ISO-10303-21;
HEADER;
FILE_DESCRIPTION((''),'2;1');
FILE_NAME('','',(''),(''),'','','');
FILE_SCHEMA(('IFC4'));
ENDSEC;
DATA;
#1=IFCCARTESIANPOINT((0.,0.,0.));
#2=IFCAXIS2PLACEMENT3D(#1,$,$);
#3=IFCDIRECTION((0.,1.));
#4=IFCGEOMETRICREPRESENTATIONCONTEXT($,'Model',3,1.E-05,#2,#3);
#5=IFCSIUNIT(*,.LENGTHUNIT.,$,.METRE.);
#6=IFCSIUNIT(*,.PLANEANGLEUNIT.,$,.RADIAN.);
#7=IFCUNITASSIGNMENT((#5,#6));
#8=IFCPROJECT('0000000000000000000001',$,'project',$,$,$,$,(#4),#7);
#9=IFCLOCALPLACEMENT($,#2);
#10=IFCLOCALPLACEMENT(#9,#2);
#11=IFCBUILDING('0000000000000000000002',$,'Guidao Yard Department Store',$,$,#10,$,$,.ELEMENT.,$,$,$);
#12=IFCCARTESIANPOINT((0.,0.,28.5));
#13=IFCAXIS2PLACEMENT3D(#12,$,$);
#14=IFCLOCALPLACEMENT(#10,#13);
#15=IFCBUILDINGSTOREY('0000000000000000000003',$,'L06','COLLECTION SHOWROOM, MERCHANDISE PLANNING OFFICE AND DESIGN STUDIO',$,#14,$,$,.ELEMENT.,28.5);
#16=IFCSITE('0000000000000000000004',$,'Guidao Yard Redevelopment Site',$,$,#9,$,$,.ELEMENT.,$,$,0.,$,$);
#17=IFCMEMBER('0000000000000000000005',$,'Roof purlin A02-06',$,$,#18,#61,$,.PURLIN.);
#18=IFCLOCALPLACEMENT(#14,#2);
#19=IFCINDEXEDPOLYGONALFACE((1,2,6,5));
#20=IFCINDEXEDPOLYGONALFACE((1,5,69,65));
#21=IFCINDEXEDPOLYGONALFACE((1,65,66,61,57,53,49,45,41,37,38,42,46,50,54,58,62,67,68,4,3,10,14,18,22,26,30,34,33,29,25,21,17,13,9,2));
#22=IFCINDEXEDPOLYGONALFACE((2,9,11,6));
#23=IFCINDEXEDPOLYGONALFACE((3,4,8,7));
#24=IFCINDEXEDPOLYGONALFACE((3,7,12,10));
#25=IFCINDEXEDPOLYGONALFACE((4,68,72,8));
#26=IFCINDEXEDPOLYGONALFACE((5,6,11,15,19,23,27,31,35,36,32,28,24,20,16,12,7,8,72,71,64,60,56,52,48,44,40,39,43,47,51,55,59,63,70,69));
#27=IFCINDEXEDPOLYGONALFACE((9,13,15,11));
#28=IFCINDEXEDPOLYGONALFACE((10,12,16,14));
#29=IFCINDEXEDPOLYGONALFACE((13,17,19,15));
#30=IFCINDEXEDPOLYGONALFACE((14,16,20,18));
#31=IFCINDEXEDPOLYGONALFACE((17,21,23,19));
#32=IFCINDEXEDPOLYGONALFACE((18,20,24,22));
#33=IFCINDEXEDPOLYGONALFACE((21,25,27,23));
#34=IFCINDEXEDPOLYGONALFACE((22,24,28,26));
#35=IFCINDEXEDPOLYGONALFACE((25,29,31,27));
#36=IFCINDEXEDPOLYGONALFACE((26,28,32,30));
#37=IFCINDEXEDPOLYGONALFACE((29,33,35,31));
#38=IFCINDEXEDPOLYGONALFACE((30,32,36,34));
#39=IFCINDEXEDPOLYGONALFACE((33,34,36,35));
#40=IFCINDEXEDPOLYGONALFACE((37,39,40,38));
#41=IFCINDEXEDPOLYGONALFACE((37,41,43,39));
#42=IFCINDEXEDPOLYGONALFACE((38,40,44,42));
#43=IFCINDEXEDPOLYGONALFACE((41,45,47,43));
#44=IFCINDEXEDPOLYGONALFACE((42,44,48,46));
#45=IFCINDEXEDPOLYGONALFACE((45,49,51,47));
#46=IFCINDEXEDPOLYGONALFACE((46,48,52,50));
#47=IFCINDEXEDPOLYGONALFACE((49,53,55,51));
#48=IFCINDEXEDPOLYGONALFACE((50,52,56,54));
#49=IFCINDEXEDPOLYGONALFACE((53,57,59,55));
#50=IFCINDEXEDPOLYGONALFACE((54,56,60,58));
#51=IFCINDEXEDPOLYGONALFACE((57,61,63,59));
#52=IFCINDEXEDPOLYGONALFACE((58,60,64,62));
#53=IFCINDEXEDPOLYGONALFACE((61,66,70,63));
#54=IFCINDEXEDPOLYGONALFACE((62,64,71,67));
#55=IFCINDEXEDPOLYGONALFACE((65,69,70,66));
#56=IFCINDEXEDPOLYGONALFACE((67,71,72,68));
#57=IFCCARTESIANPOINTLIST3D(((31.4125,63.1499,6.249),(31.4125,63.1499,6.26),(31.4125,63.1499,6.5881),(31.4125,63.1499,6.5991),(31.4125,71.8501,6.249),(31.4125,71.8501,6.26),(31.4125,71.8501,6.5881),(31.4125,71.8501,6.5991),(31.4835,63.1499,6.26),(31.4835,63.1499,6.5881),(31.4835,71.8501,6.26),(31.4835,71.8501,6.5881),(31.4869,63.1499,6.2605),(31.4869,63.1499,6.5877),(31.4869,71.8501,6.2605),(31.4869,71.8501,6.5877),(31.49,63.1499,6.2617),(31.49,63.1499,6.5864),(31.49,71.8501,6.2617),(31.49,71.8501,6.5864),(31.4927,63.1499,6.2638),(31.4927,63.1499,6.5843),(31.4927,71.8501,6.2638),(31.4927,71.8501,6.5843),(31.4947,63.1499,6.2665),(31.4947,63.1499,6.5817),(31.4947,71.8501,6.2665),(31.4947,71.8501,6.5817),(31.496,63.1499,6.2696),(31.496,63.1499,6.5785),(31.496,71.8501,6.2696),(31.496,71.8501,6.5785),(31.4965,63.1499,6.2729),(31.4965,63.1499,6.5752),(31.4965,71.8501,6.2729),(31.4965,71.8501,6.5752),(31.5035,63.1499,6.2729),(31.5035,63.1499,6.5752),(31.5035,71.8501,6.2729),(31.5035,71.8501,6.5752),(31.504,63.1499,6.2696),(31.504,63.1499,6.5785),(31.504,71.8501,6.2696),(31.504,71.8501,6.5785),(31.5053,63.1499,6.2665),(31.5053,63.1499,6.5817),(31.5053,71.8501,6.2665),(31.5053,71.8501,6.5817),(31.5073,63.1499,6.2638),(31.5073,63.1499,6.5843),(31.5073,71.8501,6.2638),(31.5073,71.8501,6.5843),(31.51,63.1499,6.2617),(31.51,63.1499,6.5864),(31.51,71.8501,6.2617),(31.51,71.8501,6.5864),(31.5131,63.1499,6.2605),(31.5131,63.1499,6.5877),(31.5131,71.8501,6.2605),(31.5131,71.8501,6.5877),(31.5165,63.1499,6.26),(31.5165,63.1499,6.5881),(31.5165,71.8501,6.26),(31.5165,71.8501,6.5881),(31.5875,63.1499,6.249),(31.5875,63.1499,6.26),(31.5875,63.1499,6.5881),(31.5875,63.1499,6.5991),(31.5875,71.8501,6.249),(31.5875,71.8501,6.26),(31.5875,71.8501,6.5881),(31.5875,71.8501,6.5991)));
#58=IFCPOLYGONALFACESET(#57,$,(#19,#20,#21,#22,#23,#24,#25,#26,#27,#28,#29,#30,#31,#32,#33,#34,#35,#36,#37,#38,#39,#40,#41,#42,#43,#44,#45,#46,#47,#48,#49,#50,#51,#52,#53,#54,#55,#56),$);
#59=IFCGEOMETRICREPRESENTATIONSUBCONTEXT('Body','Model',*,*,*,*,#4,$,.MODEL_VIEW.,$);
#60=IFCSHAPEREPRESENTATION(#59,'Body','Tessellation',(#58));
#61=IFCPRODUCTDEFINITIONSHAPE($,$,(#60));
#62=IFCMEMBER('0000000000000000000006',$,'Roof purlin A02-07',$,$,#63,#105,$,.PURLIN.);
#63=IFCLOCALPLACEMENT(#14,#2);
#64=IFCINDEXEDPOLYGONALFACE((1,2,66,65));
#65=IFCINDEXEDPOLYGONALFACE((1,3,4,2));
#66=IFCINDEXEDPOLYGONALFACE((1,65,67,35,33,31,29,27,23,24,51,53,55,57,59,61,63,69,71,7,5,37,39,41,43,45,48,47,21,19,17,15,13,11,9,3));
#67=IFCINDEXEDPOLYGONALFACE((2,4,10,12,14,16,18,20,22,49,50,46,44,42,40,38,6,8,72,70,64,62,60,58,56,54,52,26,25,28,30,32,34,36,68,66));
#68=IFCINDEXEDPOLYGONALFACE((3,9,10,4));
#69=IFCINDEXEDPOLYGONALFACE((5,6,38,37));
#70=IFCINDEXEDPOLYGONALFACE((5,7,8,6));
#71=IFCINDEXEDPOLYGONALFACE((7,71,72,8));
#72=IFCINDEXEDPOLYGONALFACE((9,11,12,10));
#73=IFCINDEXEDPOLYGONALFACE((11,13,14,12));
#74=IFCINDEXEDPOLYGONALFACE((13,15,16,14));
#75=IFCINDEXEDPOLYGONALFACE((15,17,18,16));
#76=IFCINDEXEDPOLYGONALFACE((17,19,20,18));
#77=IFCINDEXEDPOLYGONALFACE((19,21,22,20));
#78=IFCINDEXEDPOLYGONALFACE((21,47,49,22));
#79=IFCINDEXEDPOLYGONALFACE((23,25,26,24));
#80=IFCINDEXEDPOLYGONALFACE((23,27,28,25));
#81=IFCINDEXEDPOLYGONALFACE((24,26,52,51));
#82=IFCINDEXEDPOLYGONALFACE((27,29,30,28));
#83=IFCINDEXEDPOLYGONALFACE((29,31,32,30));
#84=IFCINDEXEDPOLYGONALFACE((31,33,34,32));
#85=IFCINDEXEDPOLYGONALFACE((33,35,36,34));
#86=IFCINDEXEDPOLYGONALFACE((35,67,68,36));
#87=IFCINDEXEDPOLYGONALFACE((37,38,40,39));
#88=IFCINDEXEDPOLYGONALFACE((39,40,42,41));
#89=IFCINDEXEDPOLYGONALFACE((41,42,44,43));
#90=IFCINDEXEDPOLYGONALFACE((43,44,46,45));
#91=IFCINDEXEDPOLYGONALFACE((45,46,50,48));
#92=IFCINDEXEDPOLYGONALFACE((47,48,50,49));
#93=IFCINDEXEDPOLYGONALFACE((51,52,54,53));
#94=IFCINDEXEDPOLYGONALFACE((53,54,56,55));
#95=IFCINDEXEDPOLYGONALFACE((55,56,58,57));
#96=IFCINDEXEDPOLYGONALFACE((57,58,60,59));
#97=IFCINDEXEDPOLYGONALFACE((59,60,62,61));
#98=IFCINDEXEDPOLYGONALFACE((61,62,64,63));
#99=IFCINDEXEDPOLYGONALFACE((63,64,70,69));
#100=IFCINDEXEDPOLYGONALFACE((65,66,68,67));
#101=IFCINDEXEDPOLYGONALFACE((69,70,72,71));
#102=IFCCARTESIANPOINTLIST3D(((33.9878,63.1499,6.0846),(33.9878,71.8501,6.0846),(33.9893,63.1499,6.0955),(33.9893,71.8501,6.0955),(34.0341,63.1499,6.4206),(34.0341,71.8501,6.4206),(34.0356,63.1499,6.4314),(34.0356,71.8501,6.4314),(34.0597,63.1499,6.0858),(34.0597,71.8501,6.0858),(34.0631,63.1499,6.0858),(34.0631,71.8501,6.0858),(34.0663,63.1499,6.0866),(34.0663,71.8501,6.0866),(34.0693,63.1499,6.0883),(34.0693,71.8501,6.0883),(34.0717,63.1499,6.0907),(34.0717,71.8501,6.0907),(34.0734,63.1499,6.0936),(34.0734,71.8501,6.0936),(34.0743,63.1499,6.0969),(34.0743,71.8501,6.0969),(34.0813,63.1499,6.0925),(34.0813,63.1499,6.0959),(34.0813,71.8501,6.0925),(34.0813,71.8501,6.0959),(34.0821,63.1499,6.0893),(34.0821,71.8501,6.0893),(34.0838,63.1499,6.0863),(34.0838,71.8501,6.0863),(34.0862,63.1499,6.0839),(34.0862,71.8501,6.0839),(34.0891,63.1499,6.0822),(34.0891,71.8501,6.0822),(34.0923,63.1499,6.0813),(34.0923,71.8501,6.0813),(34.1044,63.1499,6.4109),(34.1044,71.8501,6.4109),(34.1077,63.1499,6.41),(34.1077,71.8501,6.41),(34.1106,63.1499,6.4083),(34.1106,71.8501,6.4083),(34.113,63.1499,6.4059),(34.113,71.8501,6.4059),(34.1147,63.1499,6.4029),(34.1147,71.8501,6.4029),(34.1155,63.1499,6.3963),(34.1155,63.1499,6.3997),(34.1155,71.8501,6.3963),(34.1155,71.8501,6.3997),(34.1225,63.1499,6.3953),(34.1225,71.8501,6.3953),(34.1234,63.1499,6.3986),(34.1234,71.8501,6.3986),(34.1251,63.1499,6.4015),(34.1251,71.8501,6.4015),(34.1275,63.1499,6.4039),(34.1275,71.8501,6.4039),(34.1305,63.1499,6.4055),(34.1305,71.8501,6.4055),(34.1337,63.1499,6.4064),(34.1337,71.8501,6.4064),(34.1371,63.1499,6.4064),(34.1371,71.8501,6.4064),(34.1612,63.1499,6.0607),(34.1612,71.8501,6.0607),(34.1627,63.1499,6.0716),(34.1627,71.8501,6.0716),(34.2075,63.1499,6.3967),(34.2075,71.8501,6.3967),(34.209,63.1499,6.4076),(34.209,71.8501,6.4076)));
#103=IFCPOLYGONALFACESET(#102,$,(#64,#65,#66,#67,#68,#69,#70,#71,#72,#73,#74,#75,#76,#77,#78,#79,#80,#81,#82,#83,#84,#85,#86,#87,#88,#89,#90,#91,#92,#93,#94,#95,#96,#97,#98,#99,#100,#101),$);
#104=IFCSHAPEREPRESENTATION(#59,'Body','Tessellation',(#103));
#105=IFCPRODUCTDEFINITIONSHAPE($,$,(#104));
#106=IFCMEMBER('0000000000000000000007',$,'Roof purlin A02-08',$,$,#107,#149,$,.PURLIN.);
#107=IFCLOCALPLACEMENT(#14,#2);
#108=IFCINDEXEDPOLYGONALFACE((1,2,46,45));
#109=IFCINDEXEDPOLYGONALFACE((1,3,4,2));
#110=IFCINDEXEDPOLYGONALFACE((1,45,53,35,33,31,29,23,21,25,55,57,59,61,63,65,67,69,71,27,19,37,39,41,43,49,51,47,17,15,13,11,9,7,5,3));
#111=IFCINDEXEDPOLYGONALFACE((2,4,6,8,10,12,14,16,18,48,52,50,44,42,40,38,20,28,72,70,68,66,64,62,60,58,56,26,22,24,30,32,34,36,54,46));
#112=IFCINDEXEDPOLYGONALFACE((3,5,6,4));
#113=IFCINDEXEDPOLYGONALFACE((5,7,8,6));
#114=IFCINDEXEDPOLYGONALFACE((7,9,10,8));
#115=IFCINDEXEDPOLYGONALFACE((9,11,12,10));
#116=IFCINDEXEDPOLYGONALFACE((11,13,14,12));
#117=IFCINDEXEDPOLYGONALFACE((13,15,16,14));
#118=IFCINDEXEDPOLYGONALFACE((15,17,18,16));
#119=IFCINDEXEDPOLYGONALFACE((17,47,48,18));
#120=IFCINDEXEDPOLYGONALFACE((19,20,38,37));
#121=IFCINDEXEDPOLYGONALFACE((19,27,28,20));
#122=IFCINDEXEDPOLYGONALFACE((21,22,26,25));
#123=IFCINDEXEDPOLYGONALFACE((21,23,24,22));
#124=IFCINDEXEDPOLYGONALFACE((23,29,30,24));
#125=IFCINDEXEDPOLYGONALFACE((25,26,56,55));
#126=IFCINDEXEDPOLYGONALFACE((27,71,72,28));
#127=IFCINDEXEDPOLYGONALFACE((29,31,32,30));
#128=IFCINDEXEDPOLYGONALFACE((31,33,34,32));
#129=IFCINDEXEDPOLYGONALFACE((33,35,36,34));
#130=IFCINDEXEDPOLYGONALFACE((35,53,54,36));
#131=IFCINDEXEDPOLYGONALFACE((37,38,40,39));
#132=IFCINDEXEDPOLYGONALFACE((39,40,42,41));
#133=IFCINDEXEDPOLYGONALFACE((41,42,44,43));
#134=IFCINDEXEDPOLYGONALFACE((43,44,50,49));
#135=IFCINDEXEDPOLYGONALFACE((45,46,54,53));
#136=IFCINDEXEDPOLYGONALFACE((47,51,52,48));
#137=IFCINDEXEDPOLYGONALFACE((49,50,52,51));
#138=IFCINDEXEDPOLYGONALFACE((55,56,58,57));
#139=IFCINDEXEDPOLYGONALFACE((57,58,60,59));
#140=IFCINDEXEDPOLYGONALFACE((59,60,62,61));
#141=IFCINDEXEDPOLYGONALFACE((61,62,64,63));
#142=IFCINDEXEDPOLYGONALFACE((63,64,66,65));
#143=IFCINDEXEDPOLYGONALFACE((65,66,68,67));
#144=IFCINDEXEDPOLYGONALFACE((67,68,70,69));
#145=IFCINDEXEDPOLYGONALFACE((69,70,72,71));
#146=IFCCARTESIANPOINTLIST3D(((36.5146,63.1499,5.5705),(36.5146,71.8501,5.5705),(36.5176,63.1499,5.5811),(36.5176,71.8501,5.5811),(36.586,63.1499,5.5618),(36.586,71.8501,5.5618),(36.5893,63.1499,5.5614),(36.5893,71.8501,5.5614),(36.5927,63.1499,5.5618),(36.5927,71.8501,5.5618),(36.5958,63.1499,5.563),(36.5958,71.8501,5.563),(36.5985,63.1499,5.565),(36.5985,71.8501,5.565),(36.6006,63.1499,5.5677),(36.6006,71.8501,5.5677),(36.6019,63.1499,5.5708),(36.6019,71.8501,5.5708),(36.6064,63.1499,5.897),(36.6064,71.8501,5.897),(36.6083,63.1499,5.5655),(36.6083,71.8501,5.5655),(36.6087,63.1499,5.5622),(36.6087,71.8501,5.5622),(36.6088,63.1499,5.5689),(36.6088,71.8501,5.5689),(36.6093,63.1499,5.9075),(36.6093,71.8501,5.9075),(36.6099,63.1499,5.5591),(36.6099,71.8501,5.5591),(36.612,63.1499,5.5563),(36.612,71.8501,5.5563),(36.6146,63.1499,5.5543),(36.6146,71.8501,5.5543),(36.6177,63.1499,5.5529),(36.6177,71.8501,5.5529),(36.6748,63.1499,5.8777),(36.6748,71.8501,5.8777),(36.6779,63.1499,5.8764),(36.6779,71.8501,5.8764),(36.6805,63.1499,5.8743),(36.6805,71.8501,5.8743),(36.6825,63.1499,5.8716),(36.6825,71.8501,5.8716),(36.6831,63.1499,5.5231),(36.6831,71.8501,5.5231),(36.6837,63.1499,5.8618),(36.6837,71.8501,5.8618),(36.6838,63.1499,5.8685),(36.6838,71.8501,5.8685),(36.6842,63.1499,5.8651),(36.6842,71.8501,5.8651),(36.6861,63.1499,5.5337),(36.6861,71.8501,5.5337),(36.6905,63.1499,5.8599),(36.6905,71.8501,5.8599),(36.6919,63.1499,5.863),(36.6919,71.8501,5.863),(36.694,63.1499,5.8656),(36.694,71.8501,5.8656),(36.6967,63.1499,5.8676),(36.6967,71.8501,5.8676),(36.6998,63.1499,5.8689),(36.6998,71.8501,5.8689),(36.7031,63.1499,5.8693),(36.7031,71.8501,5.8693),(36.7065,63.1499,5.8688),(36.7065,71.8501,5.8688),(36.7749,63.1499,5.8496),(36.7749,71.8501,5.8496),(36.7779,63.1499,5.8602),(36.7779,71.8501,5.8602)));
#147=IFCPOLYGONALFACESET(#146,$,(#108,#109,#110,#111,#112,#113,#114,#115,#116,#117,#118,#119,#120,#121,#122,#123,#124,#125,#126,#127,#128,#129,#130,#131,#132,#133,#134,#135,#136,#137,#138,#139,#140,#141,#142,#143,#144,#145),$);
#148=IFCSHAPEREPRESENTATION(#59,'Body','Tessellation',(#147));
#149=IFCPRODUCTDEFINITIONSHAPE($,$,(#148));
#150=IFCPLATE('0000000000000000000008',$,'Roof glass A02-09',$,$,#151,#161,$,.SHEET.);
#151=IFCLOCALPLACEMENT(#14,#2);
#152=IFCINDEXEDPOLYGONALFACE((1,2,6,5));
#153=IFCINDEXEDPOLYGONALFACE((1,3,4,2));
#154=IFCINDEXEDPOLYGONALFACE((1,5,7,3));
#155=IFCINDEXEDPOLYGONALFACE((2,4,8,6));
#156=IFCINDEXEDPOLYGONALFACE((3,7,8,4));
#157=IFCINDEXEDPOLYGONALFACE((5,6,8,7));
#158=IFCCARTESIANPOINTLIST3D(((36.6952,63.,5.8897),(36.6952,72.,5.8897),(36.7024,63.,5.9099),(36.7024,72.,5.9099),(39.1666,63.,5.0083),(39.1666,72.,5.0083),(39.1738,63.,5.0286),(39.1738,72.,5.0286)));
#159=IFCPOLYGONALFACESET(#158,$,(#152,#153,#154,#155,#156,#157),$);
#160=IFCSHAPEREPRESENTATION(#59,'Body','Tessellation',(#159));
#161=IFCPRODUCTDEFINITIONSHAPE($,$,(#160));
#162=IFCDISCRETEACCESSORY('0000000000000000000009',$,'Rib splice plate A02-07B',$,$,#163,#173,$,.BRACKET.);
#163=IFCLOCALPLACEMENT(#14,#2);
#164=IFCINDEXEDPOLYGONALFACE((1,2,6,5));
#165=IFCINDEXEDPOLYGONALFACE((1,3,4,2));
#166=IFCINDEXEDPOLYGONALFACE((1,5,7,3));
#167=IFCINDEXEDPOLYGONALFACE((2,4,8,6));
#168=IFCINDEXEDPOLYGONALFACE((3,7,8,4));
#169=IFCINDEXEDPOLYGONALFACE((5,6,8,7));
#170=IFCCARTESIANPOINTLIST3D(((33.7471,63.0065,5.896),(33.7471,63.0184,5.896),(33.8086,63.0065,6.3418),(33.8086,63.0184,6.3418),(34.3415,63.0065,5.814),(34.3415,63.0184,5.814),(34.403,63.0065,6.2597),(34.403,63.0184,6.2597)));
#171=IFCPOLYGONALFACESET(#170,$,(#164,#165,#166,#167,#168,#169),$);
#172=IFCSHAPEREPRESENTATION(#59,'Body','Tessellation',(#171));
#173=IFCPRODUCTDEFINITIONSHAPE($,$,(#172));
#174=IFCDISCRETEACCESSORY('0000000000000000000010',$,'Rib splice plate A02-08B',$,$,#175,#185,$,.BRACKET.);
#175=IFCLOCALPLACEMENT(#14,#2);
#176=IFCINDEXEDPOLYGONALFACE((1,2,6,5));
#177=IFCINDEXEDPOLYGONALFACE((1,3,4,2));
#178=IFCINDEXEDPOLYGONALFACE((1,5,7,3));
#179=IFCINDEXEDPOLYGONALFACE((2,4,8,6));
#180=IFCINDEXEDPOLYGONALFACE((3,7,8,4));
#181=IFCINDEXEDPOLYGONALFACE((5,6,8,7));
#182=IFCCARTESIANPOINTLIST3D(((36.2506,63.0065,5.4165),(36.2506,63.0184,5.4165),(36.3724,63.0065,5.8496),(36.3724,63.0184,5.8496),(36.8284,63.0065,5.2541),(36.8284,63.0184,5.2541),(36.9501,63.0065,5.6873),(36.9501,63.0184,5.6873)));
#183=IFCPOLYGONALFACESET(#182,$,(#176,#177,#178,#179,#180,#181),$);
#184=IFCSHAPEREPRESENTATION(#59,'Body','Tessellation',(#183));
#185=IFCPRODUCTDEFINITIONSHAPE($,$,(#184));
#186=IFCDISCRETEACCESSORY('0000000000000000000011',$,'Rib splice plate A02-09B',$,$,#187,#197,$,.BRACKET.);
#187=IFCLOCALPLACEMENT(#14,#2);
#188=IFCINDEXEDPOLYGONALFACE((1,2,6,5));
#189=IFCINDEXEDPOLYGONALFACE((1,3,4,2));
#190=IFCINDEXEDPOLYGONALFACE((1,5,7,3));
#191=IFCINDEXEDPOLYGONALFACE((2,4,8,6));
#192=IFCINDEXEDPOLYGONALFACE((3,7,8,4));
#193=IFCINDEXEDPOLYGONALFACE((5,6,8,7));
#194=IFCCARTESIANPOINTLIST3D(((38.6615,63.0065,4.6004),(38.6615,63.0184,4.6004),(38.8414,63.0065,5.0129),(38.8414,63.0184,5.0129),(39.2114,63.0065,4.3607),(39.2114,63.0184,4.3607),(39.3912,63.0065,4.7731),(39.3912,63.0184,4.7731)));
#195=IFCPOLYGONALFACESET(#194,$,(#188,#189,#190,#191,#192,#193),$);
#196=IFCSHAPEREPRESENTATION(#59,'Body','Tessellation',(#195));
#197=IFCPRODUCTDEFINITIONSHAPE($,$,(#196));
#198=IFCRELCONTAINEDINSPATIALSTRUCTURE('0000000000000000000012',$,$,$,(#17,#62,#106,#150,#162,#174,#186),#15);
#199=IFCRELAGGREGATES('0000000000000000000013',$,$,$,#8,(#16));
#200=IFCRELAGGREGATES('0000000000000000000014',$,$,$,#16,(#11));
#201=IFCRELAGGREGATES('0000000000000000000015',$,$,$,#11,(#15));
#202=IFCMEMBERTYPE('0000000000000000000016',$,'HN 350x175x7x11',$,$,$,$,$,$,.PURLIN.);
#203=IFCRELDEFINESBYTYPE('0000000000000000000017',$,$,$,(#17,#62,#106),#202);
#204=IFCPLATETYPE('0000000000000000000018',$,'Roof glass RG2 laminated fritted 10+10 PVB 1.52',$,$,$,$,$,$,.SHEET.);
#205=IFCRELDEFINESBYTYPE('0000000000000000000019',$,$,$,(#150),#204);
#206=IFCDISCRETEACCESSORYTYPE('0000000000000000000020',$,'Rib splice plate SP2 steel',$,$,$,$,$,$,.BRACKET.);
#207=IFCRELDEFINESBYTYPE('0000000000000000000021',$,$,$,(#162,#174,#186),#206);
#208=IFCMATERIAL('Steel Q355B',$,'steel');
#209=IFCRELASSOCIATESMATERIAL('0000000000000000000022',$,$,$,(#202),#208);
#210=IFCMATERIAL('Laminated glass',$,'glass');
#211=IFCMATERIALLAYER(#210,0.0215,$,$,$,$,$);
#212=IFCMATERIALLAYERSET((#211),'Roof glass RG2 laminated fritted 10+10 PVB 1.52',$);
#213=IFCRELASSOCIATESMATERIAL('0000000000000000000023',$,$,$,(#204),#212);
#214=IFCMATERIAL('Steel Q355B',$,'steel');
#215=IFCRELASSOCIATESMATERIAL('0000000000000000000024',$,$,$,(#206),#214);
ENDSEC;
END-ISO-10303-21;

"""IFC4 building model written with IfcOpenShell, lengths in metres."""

from ifc_helpers import new_model, si_unit, direction, frame, origin, origin_2d, place, context, subcontext, project, spatial, polyline, rectangle, i_section, outline, extrude, material, layer, layer_set, material_profile, profile_set, type_object, element, save


model = new_model("IFC4")

# Units and contexts
model_context = context("Model", 3, precision=1e-05, world=origin(), true_north=direction((0.0, 1.0)))
body_context = subcontext(model_context, "Body", "Model", "MODEL_VIEW")
ifc_project = project(units=[si_unit("LENGTHUNIT", "METRE"), si_unit("PLANEANGLEUNIT", "RADIAN")], contexts=[model_context])

# Site, building, storey
site_placement = place(None, origin())
site = spatial("IfcSite", under=ifc_project, at=site_placement, Name="Guidao Yard Redevelopment Site", CompositionType="ELEMENT", RefElevation=0.0)
building_placement = place(site_placement, origin())
building = spatial("IfcBuilding", under=site, at=building_placement, Name="Guidao Yard Department Store", CompositionType="ELEMENT")
storey_placement = place(building_placement, frame((0.0, 0.0, 28.5)))
storey = spatial("IfcBuildingStorey", under=building, at=storey_placement, Name="L06", Description="COLLECTION SHOWROOM, MERCHANDISE PLANNING OFFICE AND DESIGN STUDIO", CompositionType="ELEMENT", Elevation=28.5)

# Members
ifc_material_1 = material(Name="Steel Q355B", Category="steel")
ifc_material_profile_1 = material_profile(ifc_material_1, i_section(OverallWidth=0.175, OverallDepth=0.3501, WebThickness=0.0071, FlangeThickness=0.011, FilletRadius=0.0129, at=origin_2d()), Name="HN 350x175x7x11")
ifc_profile_set_1 = profile_set([ifc_material_profile_1], Name="Steel Q355B")
member_type_1 = type_object("IfcMemberType", Name="HN 350x175x7x11", PredefinedType="PURLIN", material=ifc_profile_set_1)
for number, where, z_axis, x_axis, name in (
    (1, (31.5, 63.1499, 6.4241), (0.0, 1.0, 0.0), (-1.0, 0.0, 0.0), "Roof purlin A02-06"),
    (2, (34.0984, 63.1499, 6.2461), (0.0, 1.0, 0.0), (-0.990647, 0.0, 0.136449), "Roof purlin A02-07"),
    (3, (36.6462, 63.1499, 5.7153), (0.0, 1.0, 0.0), (-0.962712, 0.0, 0.270529), "Roof purlin A02-08"),
):
    element("IfcMember", number, at=place(storey_placement, frame(where, z_axis=z_axis, x_axis=x_axis)), inside=storey, type_object=member_type_1, Name=name, PredefinedType="PURLIN", context=body_context, shape_type="SweptSolid", body=[
        extrude(i_section(OverallWidth=0.175, OverallDepth=0.3501, WebThickness=0.0071, FlangeThickness=0.011, FilletRadius=0.0129, at=origin_2d()), origin(), (0.0, 0.0, 1.0), 8.7002),
    ])

# Plate
ifc_material_2 = material(Name="Laminated glass", Category="glass")
ifc_layer = layer(ifc_material_2, 0.0215)
ifc_layer_set = layer_set([ifc_layer], Name="Roof glass RG2 laminated fritted 10+10 PVB 1.52")
plate_type = type_object("IfcPlateType", Name="Roof glass RG2 laminated fritted 10+10 PVB 1.52", PredefinedType="SHEET", material=ifc_layer_set)
plate_placement = place(storey_placement, frame((36.7024, 63.0, 5.9099), z_axis=(0.335894, 0.0, 0.9419), x_axis=(0.9419, 0.0, -0.335894)))
element("IfcPlate", 4, at=plate_placement, inside=storey, type_object=plate_type, Name="Roof glass A02-09", PredefinedType="SHEET", context=body_context, shape_type="SweptSolid", body=[
    extrude(outline(polyline([(0.0, 0.0), (2.6239, 0.0), (2.6239, 9.0), (0.0, 9.0), (0.0, 0.0)])), origin(), (0.0, 0.0, -1.0), 0.0215),
])

# Discrete accessories
ifc_material_3 = material(Name="Steel Q355B", Category="steel")
ifc_material_profile_2 = material_profile(ifc_material_3, rectangle(XDim=0.012, YDim=0.45, at=origin_2d()), Name="Splice plate 450x12")
ifc_profile_set_2 = profile_set([ifc_material_profile_2], Name="Steel Q355B")
discrete_accessory_type_1 = type_object("IfcDiscreteAccessoryType", Name="Rib splice plate SP2 steel", PredefinedType="BRACKET", material=ifc_profile_set_2)
for number, where, z_axis, x_axis, name in (
    (5, (33.7778, 63.0125, 6.1189), (0.990614, 0.0, -0.136692), (0.0, 1.0, 0.0), "Rib splice plate A02-07B"),
    (6, (36.3115, 63.0125, 5.6331), (0.962697, 0.0, -0.270581), (0.0, 1.0, 0.0), "Rib splice plate A02-08B"),
):
    element("IfcDiscreteAccessory", number, at=place(storey_placement, frame(where, z_axis=z_axis, x_axis=x_axis)), inside=storey, type_object=discrete_accessory_type_1, Name=name, PredefinedType="BRACKET", context=body_context, shape_type="SweptSolid", body=[
        extrude(rectangle(XDim=0.012, YDim=0.45, at=origin_2d()), origin(), (0.0, 0.0, 1.0), 0.6001),
    ])
discrete_accessory_1_placement = place(storey_placement, frame((38.7515, 63.0125, 4.8066), z_axis=(0.916642, 0.0, -0.399708), x_axis=(0.0, 1.0, 0.0)))
element("IfcDiscreteAccessory", 7, at=discrete_accessory_1_placement, inside=storey, type_object=discrete_accessory_type_1, Name="Rib splice plate A02-09B", PredefinedType="BRACKET", context=body_context, shape_type="SweptSolid", body=[
    extrude(rectangle(XDim=0.012, YDim=0.45, at=origin_2d()), origin(), (0.0, 0.0, 1.0), 0.5999),
])

save(model, "model.ifc")
